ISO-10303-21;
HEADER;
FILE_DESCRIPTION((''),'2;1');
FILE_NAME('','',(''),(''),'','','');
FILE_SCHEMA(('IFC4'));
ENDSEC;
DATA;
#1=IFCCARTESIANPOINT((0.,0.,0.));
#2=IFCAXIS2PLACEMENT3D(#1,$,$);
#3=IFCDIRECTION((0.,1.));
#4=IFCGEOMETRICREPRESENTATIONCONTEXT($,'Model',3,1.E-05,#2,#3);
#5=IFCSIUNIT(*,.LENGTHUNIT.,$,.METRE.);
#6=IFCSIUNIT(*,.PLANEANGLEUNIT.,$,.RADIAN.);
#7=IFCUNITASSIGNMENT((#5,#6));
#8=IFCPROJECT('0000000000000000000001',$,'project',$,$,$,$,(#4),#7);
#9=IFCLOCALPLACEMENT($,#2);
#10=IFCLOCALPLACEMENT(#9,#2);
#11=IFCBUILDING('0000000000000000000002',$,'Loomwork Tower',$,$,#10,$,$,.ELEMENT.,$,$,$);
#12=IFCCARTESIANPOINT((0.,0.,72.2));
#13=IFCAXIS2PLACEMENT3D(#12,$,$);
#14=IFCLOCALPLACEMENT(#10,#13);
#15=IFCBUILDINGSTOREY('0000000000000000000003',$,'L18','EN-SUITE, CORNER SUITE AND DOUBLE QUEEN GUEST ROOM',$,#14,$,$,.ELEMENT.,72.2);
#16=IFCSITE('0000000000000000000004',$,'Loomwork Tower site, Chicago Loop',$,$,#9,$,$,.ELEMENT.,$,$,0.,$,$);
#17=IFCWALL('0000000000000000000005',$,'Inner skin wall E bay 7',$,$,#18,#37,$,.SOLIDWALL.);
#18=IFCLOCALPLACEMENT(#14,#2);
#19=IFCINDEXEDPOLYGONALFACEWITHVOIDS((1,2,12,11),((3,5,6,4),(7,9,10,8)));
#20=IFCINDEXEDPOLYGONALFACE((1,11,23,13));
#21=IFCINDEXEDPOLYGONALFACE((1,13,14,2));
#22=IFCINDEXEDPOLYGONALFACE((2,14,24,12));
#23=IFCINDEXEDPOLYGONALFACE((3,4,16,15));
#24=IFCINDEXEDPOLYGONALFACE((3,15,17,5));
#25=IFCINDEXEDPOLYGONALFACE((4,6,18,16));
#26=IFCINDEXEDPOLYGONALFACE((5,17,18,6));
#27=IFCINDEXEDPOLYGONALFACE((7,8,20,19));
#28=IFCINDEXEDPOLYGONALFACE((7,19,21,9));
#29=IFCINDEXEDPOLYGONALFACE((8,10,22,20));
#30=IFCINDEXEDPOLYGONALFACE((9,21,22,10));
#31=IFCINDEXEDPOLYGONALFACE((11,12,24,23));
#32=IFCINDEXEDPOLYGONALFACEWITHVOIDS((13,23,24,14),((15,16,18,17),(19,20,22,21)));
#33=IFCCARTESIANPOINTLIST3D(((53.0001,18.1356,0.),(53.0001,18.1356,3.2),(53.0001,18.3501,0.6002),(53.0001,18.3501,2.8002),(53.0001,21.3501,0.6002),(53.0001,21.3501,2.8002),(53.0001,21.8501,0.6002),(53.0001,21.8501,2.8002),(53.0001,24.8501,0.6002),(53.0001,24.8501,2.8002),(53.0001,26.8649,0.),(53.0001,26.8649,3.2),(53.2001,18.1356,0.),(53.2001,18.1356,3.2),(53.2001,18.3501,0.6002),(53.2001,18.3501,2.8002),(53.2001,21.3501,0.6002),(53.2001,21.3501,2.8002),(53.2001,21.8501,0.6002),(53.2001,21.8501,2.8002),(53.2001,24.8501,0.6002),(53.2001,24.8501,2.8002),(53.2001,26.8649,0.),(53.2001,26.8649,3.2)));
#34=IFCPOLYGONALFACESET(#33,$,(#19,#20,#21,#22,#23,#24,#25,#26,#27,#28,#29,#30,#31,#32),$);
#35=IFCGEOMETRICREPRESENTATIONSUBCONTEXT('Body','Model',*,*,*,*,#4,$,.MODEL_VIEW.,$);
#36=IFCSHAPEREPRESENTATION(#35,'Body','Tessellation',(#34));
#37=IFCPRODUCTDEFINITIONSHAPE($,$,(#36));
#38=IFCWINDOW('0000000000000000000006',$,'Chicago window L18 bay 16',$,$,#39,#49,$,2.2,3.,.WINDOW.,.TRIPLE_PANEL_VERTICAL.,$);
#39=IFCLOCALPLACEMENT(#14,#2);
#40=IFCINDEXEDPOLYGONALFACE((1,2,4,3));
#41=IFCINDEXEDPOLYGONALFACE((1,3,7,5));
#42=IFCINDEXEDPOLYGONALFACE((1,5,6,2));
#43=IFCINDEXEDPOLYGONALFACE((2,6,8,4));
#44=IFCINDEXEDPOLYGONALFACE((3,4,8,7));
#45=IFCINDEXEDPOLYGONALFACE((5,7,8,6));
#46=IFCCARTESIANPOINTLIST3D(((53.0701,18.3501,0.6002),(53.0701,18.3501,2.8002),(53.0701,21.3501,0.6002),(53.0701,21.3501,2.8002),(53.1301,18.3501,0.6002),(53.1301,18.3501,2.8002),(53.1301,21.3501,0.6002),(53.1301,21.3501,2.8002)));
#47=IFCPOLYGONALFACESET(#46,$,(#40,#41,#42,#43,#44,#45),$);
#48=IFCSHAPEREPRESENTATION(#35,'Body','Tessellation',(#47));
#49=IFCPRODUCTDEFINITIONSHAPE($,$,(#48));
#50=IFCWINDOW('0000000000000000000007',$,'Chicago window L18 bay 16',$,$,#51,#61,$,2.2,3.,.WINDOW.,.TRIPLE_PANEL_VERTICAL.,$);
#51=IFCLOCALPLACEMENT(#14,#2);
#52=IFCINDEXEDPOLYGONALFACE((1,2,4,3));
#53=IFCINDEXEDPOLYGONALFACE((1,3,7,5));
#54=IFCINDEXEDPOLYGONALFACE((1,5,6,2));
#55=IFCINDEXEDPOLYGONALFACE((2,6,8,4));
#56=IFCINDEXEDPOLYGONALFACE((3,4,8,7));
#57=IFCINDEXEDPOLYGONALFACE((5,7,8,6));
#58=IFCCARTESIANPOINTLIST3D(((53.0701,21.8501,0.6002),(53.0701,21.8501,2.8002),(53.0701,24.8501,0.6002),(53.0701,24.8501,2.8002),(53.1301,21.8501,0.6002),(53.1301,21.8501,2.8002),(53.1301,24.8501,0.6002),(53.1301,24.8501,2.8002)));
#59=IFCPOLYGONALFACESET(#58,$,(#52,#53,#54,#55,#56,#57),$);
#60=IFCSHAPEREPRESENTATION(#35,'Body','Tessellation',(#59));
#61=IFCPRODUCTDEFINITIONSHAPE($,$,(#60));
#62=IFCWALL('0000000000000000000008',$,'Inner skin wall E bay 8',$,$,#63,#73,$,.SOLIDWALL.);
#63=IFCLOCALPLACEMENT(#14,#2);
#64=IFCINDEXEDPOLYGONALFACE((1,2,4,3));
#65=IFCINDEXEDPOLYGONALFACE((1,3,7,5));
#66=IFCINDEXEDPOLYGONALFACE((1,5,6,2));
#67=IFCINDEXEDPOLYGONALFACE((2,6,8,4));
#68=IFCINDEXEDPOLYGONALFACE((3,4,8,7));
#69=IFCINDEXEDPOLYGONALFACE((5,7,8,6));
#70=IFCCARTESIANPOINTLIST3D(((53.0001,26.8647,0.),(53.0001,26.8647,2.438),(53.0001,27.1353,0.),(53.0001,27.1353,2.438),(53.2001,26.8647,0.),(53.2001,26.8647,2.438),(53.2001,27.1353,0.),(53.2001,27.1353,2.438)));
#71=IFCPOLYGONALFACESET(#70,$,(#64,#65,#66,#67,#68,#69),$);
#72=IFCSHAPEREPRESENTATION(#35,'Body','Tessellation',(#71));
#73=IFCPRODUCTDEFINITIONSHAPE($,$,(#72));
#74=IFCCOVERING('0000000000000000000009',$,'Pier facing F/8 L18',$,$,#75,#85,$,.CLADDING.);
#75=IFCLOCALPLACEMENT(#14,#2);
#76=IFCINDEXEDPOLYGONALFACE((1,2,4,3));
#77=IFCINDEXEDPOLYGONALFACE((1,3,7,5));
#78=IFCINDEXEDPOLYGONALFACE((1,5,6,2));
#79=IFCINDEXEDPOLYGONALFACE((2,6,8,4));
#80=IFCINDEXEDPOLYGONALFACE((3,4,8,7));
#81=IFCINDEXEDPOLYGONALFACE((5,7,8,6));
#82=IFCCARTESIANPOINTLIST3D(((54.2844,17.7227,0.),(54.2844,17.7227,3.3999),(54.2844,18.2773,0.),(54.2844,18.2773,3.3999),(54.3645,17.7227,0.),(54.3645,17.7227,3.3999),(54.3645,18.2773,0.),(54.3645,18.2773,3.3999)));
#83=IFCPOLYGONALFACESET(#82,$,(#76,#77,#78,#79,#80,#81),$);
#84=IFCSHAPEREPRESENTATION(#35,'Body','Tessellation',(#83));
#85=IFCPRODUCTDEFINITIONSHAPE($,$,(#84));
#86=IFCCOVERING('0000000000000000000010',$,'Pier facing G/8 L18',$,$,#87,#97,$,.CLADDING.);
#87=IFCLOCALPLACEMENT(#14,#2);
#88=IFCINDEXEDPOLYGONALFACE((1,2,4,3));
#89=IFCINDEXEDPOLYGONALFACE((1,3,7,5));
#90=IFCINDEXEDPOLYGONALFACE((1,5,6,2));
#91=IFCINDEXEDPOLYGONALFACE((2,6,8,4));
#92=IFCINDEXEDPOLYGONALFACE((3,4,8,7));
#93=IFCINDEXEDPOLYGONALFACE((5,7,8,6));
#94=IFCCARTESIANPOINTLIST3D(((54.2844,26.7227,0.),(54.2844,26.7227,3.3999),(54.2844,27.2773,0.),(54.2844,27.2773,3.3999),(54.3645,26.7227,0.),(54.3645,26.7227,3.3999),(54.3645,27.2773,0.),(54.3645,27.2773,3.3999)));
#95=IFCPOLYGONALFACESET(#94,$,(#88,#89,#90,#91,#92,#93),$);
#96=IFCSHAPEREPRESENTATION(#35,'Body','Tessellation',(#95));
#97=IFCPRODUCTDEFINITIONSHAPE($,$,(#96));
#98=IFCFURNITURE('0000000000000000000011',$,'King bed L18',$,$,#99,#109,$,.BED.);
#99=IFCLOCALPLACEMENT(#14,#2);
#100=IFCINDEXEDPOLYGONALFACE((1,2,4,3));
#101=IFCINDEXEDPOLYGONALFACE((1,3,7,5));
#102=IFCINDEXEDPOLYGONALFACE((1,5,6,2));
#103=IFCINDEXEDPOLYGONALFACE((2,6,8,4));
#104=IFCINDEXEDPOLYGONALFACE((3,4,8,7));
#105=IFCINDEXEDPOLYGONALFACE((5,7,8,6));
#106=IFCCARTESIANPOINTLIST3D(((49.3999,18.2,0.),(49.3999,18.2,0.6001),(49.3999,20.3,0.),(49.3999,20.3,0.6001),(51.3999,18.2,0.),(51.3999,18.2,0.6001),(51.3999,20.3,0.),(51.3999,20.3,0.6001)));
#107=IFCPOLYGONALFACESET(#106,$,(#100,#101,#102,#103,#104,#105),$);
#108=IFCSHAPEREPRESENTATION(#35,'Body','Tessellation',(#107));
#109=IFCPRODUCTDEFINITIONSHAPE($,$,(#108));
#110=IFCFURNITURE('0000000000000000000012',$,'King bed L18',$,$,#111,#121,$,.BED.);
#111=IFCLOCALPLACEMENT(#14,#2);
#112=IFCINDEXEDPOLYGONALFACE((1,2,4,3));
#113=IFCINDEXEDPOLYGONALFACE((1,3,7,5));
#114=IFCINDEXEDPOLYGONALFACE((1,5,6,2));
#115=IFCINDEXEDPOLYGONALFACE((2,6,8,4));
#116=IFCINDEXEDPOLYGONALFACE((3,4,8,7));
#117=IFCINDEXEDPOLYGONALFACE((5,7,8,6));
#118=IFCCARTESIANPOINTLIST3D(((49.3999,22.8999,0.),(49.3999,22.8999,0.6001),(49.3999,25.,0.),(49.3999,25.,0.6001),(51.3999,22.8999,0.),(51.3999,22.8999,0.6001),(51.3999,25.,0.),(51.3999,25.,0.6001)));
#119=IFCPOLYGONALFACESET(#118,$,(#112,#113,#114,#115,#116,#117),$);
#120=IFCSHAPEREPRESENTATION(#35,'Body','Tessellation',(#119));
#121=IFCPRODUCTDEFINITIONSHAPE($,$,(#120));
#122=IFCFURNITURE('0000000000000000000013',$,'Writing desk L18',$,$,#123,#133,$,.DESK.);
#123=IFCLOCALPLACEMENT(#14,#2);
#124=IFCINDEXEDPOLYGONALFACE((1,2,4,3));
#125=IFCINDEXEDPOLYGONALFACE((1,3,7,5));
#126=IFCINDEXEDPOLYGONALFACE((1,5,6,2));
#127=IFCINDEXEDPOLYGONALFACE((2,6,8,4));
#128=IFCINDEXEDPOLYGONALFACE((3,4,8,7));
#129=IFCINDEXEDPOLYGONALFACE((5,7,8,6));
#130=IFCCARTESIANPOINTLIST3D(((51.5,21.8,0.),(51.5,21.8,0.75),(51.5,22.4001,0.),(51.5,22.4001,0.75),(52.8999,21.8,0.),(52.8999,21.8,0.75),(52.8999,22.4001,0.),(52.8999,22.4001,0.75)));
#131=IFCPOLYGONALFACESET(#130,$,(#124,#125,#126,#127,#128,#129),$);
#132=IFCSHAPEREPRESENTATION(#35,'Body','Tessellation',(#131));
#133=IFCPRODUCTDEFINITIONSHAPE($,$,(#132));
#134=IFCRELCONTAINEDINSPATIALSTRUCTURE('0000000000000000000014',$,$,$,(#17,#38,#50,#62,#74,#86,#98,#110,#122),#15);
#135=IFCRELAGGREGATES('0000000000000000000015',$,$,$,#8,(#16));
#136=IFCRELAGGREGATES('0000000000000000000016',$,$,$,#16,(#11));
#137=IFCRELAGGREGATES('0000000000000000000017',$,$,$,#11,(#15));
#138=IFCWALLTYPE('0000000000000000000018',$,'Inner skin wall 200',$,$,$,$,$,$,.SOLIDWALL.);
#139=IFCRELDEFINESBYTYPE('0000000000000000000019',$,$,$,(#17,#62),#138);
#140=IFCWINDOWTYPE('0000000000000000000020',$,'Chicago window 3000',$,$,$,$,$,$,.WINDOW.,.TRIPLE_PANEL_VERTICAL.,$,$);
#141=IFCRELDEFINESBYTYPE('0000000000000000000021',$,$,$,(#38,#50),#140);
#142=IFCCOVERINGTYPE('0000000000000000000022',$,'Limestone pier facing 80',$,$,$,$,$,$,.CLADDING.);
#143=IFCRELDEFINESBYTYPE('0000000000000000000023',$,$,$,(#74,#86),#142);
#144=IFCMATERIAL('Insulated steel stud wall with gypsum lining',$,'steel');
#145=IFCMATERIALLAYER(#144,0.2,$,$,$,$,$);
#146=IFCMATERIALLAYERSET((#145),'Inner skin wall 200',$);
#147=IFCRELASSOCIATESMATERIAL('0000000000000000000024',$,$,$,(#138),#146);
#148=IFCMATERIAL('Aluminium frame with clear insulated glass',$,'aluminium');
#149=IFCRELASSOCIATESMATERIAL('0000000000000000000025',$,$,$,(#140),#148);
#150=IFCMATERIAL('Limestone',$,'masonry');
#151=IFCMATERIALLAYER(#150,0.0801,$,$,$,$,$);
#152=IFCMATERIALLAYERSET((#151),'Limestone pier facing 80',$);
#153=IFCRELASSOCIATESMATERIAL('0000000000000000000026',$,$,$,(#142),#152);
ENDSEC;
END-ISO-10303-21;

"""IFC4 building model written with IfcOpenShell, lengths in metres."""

from ifc_helpers import new_model, si_unit, direction, frame, frame_2d, origin, origin_2d, place, context, subcontext, project, spatial, rectangle, extrude, material, layer, layer_set, type_object, element, fill, save


model = new_model("IFC4")

# Units and contexts
model_context = context("Model", 3, precision=1e-05, world=origin(), true_north=direction((0.0, 1.0)))
body_context = subcontext(model_context, "Body", "Model", "MODEL_VIEW")
ifc_project = project(units=[si_unit("LENGTHUNIT", "METRE"), si_unit("PLANEANGLEUNIT", "RADIAN")], contexts=[model_context])

# Site, building, storey
site_placement = place(None, origin())
site = spatial("IfcSite", under=ifc_project, at=site_placement, Name="Loomwork Tower site, Chicago Loop", CompositionType="ELEMENT", RefElevation=0.0)
building_placement = place(site_placement, origin())
building = spatial("IfcBuilding", under=site, at=building_placement, Name="Loomwork Tower", CompositionType="ELEMENT")
storey_placement = place(building_placement, frame((0.0, 0.0, 72.2)))
storey = spatial("IfcBuildingStorey", under=building, at=storey_placement, Name="L18", Description="EN-SUITE, CORNER SUITE AND DOUBLE QUEEN GUEST ROOM", CompositionType="ELEMENT", Elevation=72.2)

# Wall, openings, windows
ifc_material_1 = material(Name="Insulated steel stud wall with gypsum lining", Category="steel")
ifc_layer_1 = layer(ifc_material_1, 0.2)
ifc_layer_set_1 = layer_set([ifc_layer_1], Name="Inner skin wall 200")
wall_type = type_object("IfcWallType", Name="Inner skin wall 200", PredefinedType="SOLIDWALL", material=ifc_layer_set_1)
wall_1_placement = place(storey_placement, frame((53.1001, 18.1355, 0.0), z_axis=(0.0, 0.0, 1.0), x_axis=(0.0, 1.0, 0.0)))
wall_1 = element("IfcWall", 1, at=wall_1_placement, inside=storey, type_object=wall_type, Name="Inner skin wall E bay 7", PredefinedType="SOLIDWALL", context=body_context, shape_type="SweptSolid", body=[
    extrude(rectangle(XDim=8.7292, YDim=0.2, at=frame_2d((4.3647, 0.0))), origin(), (0.0, 0.0, 1.0), 3.2),
])
opening_1_placement = place(wall_1_placement, frame((0.2146, 0.0, 0.6001)))
opening_1 = element("IfcOpeningElement", 2, at=opening_1_placement, cuts=wall_1, PredefinedType="OPENING", context=body_context, shape_type="SweptSolid", body=[
    extrude(rectangle(XDim=3.0, YDim=2.2, at=frame_2d((1.5, 1.1001))), frame((0.0, 0.1099, 0.0), z_axis=(0.0, -1.0, 0.0), x_axis=(1.0, 0.0, 0.0)), (0.0, 0.0, 1.0), 0.22),
])
opening_2_placement = place(wall_1_placement, frame((3.7146, 0.0, 0.6001)))
opening_2 = element("IfcOpeningElement", 3, at=opening_2_placement, cuts=wall_1, PredefinedType="OPENING", context=body_context, shape_type="SweptSolid", body=[
    extrude(rectangle(XDim=3.0, YDim=2.2, at=frame_2d((1.5, 1.1001))), frame((0.0, 0.1099, 0.0), z_axis=(0.0, -1.0, 0.0), x_axis=(1.0, 0.0, 0.0)), (0.0, 0.0, 1.0), 0.22),
])
ifc_material_2 = material(Name="Aluminium frame with clear insulated glass", Category="aluminium")
window_type = type_object("IfcWindowType", Name="Chicago window 3000", PartitioningType="TRIPLE_PANEL_VERTICAL", PredefinedType="WINDOW", material=ifc_material_2)
window_1_placement = place(opening_1_placement, origin())
window_1 = element("IfcWindow", 4, at=window_1_placement, inside=storey, type_object=window_type, Name="Chicago window L18 bay 16", OverallHeight=2.2, OverallWidth=3.0, PartitioningType="TRIPLE_PANEL_VERTICAL", PredefinedType="WINDOW", context=body_context, shape_type="SweptSolid", body=[
    extrude(rectangle(XDim=3.0, YDim=2.2, at=frame_2d((1.5, 1.1001))), frame((0.0, 0.03, 0.0), z_axis=(0.0, -1.0, 0.0), x_axis=(1.0, 0.0, 0.0)), (0.0, 0.0, 1.0), 0.0601),
])
fill(opening_1, window_1)
window_2_placement = place(opening_2_placement, origin())
window_2 = element("IfcWindow", 5, at=window_2_placement, inside=storey, type_object=window_type, Name="Chicago window L18 bay 16", OverallHeight=2.2, OverallWidth=3.0, PartitioningType="TRIPLE_PANEL_VERTICAL", PredefinedType="WINDOW", context=body_context, shape_type="SweptSolid", body=[
    extrude(rectangle(XDim=3.0, YDim=2.2, at=frame_2d((1.5, 1.1001))), frame((0.0, 0.03, 0.0), z_axis=(0.0, -1.0, 0.0), x_axis=(1.0, 0.0, 0.0)), (0.0, 0.0, 1.0), 0.0601),
])
fill(opening_2, window_2)

# Wall
wall_2_placement = place(storey_placement, frame((53.1001, 26.8647, 0.0), z_axis=(0.0, 0.0, 1.0), x_axis=(0.0, 1.0, 0.0)))
element("IfcWall", 6, at=wall_2_placement, inside=storey, type_object=wall_type, Name="Inner skin wall E bay 8", PredefinedType="SOLIDWALL", context=body_context, shape_type="SweptSolid", body=[
    extrude(rectangle(XDim=0.2705, YDim=0.2, at=frame_2d((0.1353, 0.0))), origin(), (0.0, 0.0, 1.0), 2.438),
])

# Coverings
ifc_material_3 = material(Name="Limestone", Category="masonry")
ifc_layer_2 = layer(ifc_material_3, 0.0801)
ifc_layer_set_2 = layer_set([ifc_layer_2], Name="Limestone pier facing 80")
covering_type = type_object("IfcCoveringType", Name="Limestone pier facing 80", PredefinedType="CLADDING", material=ifc_layer_set_2)
for number, where, z_axis, x_axis, name in (
    (7, (54.3245, 18.0, 0.0), (0.0, 0.0, 1.0), (1.0, 0.0, 0.0), "Pier facing F/8 L18"),
    (8, (54.3245, 27.0, 0.0), (0.0, 0.0, 1.0), (1.0, 0.0, 0.0), "Pier facing G/8 L18"),
):
    element("IfcCovering", number, at=place(storey_placement, frame(where, z_axis=z_axis, x_axis=x_axis)), inside=storey, type_object=covering_type, Name=name, PredefinedType="CLADDING", context=body_context, shape_type="SweptSolid", body=[
        extrude(rectangle(XDim=0.0801, YDim=0.5547, at=origin_2d()), origin(), (0.0, 0.0, 1.0), 3.3999),
    ])

# Furniture
for number, where, z_axis, x_axis, name in (
    (9, (50.3999, 19.25, 0.0), (0.0, 0.0, 1.0), (1.0, 0.0, 0.0), "King bed L18"),
    (10, (50.3999, 23.95, 0.0), (0.0, 0.0, 1.0), (1.0, 0.0, 0.0), "King bed L18"),
):
    element("IfcFurniture", number, at=place(storey_placement, frame(where, z_axis=z_axis, x_axis=x_axis)), inside=storey, Name=name, PredefinedType="BED", context=body_context, shape_type="SweptSolid", body=[
        extrude(rectangle(XDim=2.0, YDim=2.1001, at=origin_2d()), origin(), (0.0, 0.0, 1.0), 0.6001),
    ])
furniture_placement = place(storey_placement, frame((52.2, 22.1001, 0.0), z_axis=(0.0, 0.0, 1.0), x_axis=(1.0, 0.0, 0.0)))
element("IfcFurniture", 11, at=furniture_placement, inside=storey, Name="Writing desk L18", PredefinedType="DESK", context=body_context, shape_type="SweptSolid", body=[
    extrude(rectangle(XDim=1.3999, YDim=0.6001, at=origin_2d()), origin(), (0.0, 0.0, 1.0), 0.75),
])

save(model, "model.ifc")
